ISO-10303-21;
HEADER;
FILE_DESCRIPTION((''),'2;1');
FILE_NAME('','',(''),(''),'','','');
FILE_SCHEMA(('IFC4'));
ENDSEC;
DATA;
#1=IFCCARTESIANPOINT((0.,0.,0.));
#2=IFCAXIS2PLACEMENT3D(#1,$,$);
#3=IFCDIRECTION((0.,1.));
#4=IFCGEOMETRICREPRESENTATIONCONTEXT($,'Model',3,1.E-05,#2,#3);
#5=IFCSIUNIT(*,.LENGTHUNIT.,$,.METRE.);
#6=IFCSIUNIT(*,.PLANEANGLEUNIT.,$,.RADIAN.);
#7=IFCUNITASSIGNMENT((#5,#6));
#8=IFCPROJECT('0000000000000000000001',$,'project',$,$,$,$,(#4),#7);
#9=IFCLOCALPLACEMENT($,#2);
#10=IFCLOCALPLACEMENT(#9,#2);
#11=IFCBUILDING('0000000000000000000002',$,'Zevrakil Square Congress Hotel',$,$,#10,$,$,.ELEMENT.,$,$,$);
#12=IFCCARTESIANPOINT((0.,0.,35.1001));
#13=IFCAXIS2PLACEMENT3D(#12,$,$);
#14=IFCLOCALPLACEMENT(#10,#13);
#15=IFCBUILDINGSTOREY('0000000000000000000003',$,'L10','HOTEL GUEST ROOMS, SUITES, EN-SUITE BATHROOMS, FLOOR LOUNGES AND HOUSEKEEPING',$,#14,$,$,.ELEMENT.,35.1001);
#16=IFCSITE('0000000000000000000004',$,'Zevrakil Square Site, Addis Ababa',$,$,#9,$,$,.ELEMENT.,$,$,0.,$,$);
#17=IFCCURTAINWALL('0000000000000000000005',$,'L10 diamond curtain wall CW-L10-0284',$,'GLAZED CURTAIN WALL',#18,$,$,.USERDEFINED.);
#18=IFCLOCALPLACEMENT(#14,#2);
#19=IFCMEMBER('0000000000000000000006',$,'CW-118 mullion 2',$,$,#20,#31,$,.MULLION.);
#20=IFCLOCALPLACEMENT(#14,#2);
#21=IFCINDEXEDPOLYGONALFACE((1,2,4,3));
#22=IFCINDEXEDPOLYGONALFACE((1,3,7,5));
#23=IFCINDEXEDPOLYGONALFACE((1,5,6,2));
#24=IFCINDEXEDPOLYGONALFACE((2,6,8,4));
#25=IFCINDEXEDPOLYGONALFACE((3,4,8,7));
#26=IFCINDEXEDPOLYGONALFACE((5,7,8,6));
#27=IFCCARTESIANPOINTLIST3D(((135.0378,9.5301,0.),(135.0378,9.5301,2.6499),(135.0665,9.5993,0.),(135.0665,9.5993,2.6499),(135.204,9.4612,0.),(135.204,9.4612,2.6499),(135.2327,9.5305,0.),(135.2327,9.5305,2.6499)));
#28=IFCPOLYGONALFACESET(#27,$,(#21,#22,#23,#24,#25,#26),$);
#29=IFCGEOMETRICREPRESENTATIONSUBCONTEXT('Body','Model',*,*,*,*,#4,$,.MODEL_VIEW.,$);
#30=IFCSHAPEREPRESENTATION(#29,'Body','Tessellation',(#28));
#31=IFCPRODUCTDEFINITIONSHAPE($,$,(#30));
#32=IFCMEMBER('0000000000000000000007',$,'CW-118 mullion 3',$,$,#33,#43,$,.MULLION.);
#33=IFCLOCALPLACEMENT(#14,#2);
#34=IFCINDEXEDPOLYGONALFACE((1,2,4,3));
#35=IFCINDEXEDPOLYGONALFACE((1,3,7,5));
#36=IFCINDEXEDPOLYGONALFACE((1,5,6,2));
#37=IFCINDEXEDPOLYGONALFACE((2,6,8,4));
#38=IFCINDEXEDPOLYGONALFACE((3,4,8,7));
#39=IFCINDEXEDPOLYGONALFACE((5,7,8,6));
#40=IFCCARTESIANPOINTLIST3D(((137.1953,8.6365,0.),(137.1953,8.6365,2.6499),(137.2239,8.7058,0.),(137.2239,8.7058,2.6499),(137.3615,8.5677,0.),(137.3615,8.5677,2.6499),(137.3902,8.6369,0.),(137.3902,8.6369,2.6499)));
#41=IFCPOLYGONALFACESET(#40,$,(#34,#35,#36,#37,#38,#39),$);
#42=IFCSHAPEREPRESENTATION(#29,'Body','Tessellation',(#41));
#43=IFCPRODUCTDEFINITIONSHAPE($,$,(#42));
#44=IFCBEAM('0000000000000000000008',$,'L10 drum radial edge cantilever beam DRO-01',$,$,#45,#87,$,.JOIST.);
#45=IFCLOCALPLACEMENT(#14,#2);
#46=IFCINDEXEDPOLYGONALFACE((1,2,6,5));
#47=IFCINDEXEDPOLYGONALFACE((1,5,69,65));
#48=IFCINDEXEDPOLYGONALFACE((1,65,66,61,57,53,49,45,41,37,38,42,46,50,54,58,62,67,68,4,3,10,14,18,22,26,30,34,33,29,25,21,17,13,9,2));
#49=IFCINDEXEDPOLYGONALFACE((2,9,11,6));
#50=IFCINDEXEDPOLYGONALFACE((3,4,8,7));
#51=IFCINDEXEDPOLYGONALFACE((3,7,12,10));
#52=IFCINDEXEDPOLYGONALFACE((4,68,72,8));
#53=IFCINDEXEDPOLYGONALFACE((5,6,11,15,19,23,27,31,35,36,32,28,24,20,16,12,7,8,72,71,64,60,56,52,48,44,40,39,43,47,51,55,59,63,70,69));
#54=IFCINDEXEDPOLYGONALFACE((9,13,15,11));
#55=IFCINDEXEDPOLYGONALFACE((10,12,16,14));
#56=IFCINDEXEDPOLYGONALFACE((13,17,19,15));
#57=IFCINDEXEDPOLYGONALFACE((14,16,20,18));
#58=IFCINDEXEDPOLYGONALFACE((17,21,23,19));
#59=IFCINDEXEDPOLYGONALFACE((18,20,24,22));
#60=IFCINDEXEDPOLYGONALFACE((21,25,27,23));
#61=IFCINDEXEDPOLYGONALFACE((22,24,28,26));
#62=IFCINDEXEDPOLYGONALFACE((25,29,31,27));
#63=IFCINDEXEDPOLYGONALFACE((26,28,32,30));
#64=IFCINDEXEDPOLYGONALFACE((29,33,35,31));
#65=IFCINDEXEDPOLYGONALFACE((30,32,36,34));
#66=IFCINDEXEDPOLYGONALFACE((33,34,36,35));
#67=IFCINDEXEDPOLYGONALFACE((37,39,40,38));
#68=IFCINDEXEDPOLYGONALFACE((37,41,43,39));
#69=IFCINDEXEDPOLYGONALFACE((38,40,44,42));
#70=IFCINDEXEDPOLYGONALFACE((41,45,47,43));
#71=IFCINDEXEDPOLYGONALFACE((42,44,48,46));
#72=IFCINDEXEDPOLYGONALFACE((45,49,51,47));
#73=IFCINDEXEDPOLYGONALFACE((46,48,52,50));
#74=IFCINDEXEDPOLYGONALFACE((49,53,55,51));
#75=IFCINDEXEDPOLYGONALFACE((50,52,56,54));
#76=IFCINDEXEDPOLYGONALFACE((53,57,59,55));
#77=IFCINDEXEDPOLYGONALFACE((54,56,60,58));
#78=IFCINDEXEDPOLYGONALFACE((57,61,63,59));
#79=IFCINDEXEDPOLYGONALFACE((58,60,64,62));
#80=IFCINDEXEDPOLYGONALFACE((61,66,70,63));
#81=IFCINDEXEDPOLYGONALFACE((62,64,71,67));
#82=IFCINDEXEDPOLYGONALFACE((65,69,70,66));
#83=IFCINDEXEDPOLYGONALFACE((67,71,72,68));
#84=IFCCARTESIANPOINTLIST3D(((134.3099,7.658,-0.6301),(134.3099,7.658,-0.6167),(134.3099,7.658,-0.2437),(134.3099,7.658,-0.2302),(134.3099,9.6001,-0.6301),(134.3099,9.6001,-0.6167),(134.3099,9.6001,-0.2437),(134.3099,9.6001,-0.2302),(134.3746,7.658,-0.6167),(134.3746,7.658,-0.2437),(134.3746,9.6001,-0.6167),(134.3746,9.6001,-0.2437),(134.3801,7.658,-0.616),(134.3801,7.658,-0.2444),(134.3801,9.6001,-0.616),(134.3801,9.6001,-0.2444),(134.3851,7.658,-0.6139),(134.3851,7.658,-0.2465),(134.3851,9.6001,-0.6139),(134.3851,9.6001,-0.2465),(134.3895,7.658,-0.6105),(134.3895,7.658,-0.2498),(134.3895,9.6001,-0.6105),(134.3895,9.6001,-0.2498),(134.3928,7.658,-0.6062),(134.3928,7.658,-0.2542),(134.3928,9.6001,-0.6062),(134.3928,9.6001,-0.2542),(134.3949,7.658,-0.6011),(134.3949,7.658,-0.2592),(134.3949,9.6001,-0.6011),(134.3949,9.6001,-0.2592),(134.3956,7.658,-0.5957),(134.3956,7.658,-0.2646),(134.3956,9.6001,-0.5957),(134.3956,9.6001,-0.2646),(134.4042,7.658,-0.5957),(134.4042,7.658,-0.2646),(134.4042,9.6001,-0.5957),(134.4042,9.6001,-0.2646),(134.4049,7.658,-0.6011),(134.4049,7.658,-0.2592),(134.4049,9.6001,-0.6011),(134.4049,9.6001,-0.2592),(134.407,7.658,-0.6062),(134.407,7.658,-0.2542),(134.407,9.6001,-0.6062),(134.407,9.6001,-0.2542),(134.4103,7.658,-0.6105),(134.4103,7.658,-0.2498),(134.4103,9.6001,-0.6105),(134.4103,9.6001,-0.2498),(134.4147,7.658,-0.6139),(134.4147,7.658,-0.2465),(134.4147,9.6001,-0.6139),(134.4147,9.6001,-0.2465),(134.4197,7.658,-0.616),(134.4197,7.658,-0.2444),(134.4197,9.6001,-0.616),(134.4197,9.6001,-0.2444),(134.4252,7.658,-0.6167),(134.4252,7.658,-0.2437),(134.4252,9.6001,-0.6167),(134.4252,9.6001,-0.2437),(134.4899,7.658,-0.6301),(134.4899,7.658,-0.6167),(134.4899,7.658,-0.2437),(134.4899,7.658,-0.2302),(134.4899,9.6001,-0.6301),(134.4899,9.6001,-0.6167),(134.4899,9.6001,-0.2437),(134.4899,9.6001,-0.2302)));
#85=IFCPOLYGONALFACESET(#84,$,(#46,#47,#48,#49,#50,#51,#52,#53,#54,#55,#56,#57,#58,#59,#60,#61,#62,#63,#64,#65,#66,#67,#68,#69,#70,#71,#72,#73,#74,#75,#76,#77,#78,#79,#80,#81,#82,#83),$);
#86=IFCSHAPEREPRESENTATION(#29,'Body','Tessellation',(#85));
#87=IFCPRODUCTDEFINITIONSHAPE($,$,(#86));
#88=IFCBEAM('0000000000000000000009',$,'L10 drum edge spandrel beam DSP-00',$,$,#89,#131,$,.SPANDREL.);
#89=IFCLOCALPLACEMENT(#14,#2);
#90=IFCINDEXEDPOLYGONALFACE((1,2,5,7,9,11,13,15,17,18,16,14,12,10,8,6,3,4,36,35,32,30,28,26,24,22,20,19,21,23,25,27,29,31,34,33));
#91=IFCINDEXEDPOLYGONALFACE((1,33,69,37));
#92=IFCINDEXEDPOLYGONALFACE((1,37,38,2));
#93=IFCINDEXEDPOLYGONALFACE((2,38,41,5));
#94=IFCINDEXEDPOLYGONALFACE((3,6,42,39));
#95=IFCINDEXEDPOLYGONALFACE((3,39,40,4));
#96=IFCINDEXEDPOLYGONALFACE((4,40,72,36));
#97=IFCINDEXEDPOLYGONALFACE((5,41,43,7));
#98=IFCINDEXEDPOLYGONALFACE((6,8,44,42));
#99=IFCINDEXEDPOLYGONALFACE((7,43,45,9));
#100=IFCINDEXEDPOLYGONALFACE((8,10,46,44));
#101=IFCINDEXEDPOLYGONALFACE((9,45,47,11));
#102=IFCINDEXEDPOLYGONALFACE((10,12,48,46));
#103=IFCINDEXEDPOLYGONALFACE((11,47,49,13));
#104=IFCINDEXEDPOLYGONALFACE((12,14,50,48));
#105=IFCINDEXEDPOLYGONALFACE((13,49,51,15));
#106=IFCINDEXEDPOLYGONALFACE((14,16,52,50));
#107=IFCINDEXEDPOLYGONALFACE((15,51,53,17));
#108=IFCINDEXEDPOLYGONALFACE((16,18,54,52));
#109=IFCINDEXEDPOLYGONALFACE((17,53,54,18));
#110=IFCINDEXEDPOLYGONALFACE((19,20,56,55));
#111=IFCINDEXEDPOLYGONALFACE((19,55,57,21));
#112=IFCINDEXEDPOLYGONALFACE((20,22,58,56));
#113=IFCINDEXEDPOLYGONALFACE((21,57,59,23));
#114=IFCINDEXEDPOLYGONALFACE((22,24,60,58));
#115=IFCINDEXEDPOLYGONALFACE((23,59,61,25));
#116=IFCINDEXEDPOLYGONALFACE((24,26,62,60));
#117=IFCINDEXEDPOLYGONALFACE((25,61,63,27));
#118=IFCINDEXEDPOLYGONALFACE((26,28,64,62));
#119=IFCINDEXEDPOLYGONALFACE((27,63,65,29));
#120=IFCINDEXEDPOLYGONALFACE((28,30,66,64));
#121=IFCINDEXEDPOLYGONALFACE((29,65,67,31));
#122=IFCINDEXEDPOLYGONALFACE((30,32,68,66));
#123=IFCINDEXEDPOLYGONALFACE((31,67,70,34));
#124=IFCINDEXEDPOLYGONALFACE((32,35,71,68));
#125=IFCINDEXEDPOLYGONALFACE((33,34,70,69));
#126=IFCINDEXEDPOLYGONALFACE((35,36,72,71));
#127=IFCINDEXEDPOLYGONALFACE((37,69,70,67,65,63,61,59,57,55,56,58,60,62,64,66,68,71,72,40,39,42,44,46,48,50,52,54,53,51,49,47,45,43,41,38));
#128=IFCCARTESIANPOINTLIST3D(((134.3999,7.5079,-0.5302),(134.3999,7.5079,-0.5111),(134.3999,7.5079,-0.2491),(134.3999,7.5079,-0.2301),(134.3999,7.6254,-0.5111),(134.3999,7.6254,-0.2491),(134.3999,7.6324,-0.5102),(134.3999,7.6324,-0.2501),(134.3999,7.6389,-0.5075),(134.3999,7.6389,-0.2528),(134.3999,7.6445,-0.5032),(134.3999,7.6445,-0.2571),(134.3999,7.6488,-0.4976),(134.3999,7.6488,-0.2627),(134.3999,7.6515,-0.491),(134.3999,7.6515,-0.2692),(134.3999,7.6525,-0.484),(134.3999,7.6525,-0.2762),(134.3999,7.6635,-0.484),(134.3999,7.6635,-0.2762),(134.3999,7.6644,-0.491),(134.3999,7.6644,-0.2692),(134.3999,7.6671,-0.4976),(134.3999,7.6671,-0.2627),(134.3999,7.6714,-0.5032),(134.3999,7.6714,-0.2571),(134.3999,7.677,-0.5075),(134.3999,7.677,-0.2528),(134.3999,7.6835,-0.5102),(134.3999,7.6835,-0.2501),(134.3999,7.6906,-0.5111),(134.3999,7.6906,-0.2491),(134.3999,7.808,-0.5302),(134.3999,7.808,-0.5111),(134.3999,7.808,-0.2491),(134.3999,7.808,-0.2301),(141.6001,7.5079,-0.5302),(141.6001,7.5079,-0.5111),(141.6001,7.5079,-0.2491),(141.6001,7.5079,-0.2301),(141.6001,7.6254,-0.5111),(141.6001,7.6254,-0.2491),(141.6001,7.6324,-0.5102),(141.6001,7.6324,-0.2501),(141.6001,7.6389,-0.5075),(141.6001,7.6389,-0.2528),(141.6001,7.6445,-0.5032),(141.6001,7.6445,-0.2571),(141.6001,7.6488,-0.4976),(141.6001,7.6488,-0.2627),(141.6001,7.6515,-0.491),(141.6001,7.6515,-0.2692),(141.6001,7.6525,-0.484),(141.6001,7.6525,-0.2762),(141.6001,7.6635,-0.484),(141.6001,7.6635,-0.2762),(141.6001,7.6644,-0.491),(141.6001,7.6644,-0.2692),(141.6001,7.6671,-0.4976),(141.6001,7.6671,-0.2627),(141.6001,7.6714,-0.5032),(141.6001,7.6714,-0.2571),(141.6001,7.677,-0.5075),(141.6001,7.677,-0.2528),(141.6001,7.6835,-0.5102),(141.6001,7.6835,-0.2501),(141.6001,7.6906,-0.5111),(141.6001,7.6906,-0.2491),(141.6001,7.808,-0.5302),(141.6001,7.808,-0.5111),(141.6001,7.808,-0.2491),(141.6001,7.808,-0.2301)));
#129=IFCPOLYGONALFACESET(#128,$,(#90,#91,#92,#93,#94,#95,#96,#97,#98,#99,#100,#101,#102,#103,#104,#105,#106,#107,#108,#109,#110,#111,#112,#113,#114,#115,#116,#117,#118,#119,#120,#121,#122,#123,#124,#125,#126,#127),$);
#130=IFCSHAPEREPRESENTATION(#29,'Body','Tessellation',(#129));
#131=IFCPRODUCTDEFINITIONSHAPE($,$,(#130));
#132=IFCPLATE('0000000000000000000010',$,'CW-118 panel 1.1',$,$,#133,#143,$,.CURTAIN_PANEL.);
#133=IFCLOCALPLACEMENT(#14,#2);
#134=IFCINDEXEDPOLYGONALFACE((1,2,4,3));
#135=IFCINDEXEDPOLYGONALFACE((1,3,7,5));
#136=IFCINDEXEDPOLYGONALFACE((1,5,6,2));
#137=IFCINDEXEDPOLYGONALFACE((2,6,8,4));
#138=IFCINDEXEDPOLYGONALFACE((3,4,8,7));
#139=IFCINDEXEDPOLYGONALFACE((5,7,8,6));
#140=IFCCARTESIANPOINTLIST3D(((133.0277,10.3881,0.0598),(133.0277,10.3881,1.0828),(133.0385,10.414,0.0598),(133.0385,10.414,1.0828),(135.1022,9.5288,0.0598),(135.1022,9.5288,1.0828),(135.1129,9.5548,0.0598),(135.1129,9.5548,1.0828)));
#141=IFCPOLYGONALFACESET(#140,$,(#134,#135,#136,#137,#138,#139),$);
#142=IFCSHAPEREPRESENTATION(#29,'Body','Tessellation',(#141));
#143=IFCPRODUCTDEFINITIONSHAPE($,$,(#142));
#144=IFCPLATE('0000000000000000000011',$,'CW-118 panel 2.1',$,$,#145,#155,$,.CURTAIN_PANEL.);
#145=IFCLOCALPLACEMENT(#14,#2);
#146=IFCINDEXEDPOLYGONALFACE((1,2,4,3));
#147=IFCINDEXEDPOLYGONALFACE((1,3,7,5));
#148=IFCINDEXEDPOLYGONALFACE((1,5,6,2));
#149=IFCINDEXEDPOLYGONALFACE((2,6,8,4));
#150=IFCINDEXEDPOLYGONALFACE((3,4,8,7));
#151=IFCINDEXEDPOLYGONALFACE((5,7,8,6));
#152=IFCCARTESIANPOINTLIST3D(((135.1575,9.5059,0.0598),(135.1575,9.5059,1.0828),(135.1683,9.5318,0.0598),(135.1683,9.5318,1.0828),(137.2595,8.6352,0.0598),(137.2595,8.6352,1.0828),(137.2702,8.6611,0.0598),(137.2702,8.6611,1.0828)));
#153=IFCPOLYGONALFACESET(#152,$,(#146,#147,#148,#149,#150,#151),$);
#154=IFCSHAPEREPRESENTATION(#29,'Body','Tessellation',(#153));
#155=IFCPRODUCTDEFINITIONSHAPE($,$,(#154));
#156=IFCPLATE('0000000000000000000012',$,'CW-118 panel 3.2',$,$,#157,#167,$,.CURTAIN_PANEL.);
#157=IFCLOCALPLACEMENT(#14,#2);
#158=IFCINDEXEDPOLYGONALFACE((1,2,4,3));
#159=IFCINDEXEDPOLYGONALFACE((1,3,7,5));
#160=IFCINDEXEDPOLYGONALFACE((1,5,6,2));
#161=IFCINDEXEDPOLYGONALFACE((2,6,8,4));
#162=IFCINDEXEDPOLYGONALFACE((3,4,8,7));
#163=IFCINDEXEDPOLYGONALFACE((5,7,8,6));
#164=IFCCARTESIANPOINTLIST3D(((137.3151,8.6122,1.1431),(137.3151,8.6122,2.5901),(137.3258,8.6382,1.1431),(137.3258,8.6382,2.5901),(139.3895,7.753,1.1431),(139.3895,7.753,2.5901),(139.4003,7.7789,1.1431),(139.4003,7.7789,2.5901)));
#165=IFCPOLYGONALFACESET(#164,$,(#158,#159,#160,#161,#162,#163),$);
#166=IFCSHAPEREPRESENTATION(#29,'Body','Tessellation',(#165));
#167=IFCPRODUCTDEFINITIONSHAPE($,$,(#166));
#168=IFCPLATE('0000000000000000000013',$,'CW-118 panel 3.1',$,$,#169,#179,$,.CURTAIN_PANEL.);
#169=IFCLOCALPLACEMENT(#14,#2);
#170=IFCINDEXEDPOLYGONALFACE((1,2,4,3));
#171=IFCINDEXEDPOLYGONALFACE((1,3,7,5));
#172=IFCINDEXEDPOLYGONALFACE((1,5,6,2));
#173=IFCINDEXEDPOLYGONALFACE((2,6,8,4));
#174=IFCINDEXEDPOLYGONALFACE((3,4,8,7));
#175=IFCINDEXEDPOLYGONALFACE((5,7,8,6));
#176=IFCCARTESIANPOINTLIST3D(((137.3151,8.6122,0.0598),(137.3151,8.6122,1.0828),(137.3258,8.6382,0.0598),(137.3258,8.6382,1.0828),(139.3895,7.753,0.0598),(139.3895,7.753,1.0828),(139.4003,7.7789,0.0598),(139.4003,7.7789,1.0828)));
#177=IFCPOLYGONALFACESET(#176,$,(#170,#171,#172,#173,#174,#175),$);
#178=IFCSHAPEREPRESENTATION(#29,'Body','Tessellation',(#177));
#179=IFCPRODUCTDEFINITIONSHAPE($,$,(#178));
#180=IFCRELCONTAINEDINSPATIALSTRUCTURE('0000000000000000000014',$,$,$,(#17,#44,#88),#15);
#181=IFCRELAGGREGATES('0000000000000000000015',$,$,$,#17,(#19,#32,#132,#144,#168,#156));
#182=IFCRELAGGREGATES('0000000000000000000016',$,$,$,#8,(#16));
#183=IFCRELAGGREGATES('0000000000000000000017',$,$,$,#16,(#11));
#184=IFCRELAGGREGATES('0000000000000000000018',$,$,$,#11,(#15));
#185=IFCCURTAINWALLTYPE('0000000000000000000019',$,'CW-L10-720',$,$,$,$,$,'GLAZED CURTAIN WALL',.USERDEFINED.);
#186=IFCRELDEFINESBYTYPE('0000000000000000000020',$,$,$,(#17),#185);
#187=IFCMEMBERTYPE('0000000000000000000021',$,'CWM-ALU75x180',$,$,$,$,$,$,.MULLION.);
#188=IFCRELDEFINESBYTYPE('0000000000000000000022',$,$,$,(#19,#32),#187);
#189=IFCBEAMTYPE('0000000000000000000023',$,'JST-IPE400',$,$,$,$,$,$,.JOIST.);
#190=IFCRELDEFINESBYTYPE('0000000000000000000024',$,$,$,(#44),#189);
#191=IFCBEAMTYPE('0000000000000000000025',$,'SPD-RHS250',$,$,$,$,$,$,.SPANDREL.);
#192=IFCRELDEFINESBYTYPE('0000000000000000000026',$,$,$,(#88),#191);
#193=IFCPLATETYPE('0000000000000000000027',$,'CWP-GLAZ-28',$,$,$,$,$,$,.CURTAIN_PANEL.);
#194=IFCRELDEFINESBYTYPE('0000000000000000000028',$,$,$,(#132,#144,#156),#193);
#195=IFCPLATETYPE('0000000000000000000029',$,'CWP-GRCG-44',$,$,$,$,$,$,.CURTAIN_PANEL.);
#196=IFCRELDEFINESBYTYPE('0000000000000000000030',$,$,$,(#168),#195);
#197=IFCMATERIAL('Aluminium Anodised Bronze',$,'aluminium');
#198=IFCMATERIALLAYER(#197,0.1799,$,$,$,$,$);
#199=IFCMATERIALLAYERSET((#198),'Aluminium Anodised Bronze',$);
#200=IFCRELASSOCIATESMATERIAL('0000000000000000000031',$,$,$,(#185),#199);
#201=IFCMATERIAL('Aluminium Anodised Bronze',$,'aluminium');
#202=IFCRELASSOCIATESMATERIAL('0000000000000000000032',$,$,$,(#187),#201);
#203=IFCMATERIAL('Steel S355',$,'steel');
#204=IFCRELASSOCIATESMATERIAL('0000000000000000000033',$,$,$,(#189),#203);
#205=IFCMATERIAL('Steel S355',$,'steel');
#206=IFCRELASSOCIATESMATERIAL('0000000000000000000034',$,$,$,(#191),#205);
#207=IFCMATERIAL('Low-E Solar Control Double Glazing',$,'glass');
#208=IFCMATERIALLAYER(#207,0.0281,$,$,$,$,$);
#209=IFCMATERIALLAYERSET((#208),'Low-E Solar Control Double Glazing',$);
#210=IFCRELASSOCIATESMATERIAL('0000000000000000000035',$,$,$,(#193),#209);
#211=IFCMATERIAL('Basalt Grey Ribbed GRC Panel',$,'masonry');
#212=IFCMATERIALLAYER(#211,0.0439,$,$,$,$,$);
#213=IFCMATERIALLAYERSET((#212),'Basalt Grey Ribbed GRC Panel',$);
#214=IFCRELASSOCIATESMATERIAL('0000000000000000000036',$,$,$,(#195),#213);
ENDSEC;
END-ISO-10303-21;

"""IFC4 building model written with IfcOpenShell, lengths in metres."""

from ifc_helpers import new_model, si_unit, direction, frame, origin, origin_2d, place, context, subcontext, project, spatial, rectangle, i_section, extrude, material, layer, layer_set, material_profile, profile_set, type_object, element, aggregate, save


model = new_model("IFC4")

# Units and contexts
model_context = context("Model", 3, precision=1e-05, world=origin(), true_north=direction((0.0, 1.0)))
body_context = subcontext(model_context, "Body", "Model", "MODEL_VIEW")
ifc_project = project(units=[si_unit("LENGTHUNIT", "METRE"), si_unit("PLANEANGLEUNIT", "RADIAN")], contexts=[model_context])

# Site, building, storey
site_placement = place(None, origin())
site = spatial("IfcSite", under=ifc_project, at=site_placement, Name="Zevrakil Square Site, Addis Ababa", CompositionType="ELEMENT", RefElevation=0.0)
building_placement = place(site_placement, origin())
building = spatial("IfcBuilding", under=site, at=building_placement, Name="Zevrakil Square Congress Hotel", CompositionType="ELEMENT")
storey_placement = place(building_placement, frame((0.0, 0.0, 35.1001)))
storey = spatial("IfcBuildingStorey", under=building, at=storey_placement, Name="L10", Description="HOTEL GUEST ROOMS, SUITES, EN-SUITE BATHROOMS, FLOOR LOUNGES AND HOUSEKEEPING", CompositionType="ELEMENT", Elevation=35.1001)

# Curtain wall, members
ifc_material_1 = material(Name="Aluminium Anodised Bronze", Category="aluminium")
ifc_layer_1 = layer(ifc_material_1, 0.1799)
ifc_layer_set_1 = layer_set([ifc_layer_1], Name="Aluminium Anodised Bronze")
curtain_wall_type = type_object("IfcCurtainWallType", Name="CW-L10-720", ElementType="GLAZED CURTAIN WALL", PredefinedType="USERDEFINED", material=ifc_layer_set_1)
curtain_wall_placement = place(storey_placement, origin())
curtain_wall = element("IfcCurtainWall", 1, at=curtain_wall_placement, inside=storey, type_object=curtain_wall_type, Name="L10 diamond curtain wall CW-L10-0284", ObjectType="GLAZED CURTAIN WALL", PredefinedType="USERDEFINED")
ifc_material_2 = material(Name="Aluminium Anodised Bronze", Category="aluminium")
ifc_material_profile_1 = material_profile(ifc_material_2, rectangle(XDim=0.075, YDim=0.1799, at=origin_2d()), Name="ALU 75x180")
ifc_profile_set_1 = profile_set([ifc_material_profile_1], Name="Aluminium Anodised Bronze")
member_type_1 = type_object("IfcMemberType", Name="CWM-ALU75x180", PredefinedType="MULLION", material=ifc_profile_set_1)
member_1_placement = place(storey_placement, frame((135.1353, 9.5303, 0.0), z_axis=(0.0, 0.0, 1.0), x_axis=(0.382684, 0.923879, 0.0)))
member_1 = element("IfcMember", 2, at=member_1_placement, type_object=member_type_1, Name="CW-118 mullion 2", PredefinedType="MULLION", context=body_context, shape_type="SweptSolid", body=[
    extrude(rectangle(XDim=0.075, YDim=0.1799, at=origin_2d()), origin(), (0.0, 0.0, 1.0), 2.6499),
])
member_2_placement = place(storey_placement, frame((137.2927, 8.6367, 0.0), z_axis=(0.0, 0.0, 1.0), x_axis=(0.382684, 0.923879, 0.0)))
member_2 = element("IfcMember", 3, at=member_2_placement, type_object=member_type_1, Name="CW-118 mullion 3", PredefinedType="MULLION", context=body_context, shape_type="SweptSolid", body=[
    extrude(rectangle(XDim=0.075, YDim=0.1799, at=origin_2d()), origin(), (0.0, 0.0, 1.0), 2.6499),
])

# Beams
ifc_material_3 = material(Name="Steel S355", Category="steel")
ifc_material_profile_2 = material_profile(ifc_material_3, i_section(OverallWidth=0.1799, OverallDepth=0.3999, WebThickness=0.0085, FlangeThickness=0.0134, FilletRadius=0.021, at=origin_2d()), Name="IPE 400")
ifc_profile_set_2 = profile_set([ifc_material_profile_2], Name="Steel S355")
beam_type_1 = type_object("IfcBeamType", Name="JST-IPE400", PredefinedType="JOIST", material=ifc_profile_set_2)
beam_1_placement = place(storey_placement, frame((134.3999, 9.6001, -0.4302), z_axis=(0.0, -1.0, 0.0), x_axis=(1.0, 0.0, 0.0)))
element("IfcBeam", 4, at=beam_1_placement, inside=storey, type_object=beam_type_1, Name="L10 drum radial edge cantilever beam DRO-01", PredefinedType="JOIST", context=body_context, shape_type="SweptSolid", body=[
    extrude(i_section(OverallWidth=0.1799, OverallDepth=0.3999, WebThickness=0.0085, FlangeThickness=0.0134, FilletRadius=0.021, at=origin_2d()), origin(), (0.0, 0.0, 1.0), 1.9421),
])
ifc_material_4 = material(Name="Steel S355", Category="steel")
ifc_material_profile_3 = material_profile(ifc_material_4, i_section(OverallWidth=0.3, OverallDepth=0.3, WebThickness=0.011, FlangeThickness=0.019, FilletRadius=0.0271, at=origin_2d()), Name="HEB 300")
ifc_profile_set_3 = profile_set([ifc_material_profile_3], Name="Steel S355")
beam_type_2 = type_object("IfcBeamType", Name="SPD-RHS250", PredefinedType="SPANDREL", material=ifc_profile_set_3)
beam_2_placement = place(storey_placement, frame((134.3999, 7.658, -0.3801), z_axis=(1.0, 0.0, 0.0), x_axis=(0.0, 1.0, 0.0)))
element("IfcBeam", 5, at=beam_2_placement, inside=storey, type_object=beam_type_2, Name="L10 drum edge spandrel beam DSP-00", PredefinedType="SPANDREL", context=body_context, shape_type="SweptSolid", body=[
    extrude(i_section(OverallWidth=0.3, OverallDepth=0.3, WebThickness=0.011, FlangeThickness=0.019, FilletRadius=0.0271, at=origin_2d()), origin(), (0.0, 0.0, 1.0), 7.2002),
])

# Plates
ifc_material_5 = material(Name="Low-E Solar Control Double Glazing", Category="glass")
ifc_layer_2 = layer(ifc_material_5, 0.0281)
ifc_layer_set_2 = layer_set([ifc_layer_2], Name="Low-E Solar Control Double Glazing")
plate_type_1 = type_object("IfcPlateType", Name="CWP-GLAZ-28", PredefinedType="CURTAIN_PANEL", material=ifc_layer_set_2)
plate_1_placement = place(storey_placement, frame((134.0703, 9.9714, 0.0598), z_axis=(0.0, 0.0, 1.0), x_axis=(0.923879, -0.382684, 0.0)))
plate_1 = element("IfcPlate", 6, at=plate_1_placement, type_object=plate_type_1, Name="CW-118 panel 1.1", PredefinedType="CURTAIN_PANEL", context=body_context, shape_type="SweptSolid", body=[
    extrude(rectangle(XDim=2.2454, YDim=0.0281, at=origin_2d()), origin(), (0.0, 0.0, 1.0), 1.0229),
])
plate_2_placement = place(storey_placement, frame((136.2139, 9.0835, 0.0598), z_axis=(0.0, 0.0, 1.0), x_axis=(0.923879, -0.382684, 0.0)))
plate_2 = element("IfcPlate", 7, at=plate_2_placement, type_object=plate_type_1, Name="CW-118 panel 2.1", PredefinedType="CURTAIN_PANEL", context=body_context, shape_type="SweptSolid", body=[
    extrude(rectangle(XDim=2.2751, YDim=0.0281, at=origin_2d()), origin(), (0.0, 0.0, 1.0), 1.0229),
])
plate_3_placement = place(storey_placement, frame((138.3577, 8.1956, 1.1431), z_axis=(0.0, 0.0, 1.0), x_axis=(0.923879, -0.382684, 0.0)))
plate_3 = element("IfcPlate", 8, at=plate_3_placement, type_object=plate_type_1, Name="CW-118 panel 3.2", PredefinedType="CURTAIN_PANEL", context=body_context, shape_type="SweptSolid", body=[
    extrude(rectangle(XDim=2.2454, YDim=0.0281, at=origin_2d()), origin(), (0.0, 0.0, 1.0), 1.447),
])
ifc_material_6 = material(Name="Basalt Grey Ribbed GRC Panel", Category="masonry")
ifc_layer_3 = layer(ifc_material_6, 0.0439)
ifc_layer_set_3 = layer_set([ifc_layer_3], Name="Basalt Grey Ribbed GRC Panel")
plate_type_2 = type_object("IfcPlateType", Name="CWP-GRCG-44", PredefinedType="CURTAIN_PANEL", material=ifc_layer_set_3)
plate_4_placement = place(storey_placement, frame((138.3577, 8.1956, 0.0598), z_axis=(0.0, 0.0, 1.0), x_axis=(0.923879, -0.382684, 0.0)))
plate_4 = element("IfcPlate", 9, at=plate_4_placement, type_object=plate_type_2, Name="CW-118 panel 3.1", PredefinedType="CURTAIN_PANEL", context=body_context, shape_type="SweptSolid", body=[
    extrude(rectangle(XDim=2.2454, YDim=0.0281, at=origin_2d()), origin(), (0.0, 0.0, 1.0), 1.0229),
])
aggregate(curtain_wall, [member_1, member_2, plate_1, plate_2, plate_4, plate_3])

save(model, "model.ifc")
